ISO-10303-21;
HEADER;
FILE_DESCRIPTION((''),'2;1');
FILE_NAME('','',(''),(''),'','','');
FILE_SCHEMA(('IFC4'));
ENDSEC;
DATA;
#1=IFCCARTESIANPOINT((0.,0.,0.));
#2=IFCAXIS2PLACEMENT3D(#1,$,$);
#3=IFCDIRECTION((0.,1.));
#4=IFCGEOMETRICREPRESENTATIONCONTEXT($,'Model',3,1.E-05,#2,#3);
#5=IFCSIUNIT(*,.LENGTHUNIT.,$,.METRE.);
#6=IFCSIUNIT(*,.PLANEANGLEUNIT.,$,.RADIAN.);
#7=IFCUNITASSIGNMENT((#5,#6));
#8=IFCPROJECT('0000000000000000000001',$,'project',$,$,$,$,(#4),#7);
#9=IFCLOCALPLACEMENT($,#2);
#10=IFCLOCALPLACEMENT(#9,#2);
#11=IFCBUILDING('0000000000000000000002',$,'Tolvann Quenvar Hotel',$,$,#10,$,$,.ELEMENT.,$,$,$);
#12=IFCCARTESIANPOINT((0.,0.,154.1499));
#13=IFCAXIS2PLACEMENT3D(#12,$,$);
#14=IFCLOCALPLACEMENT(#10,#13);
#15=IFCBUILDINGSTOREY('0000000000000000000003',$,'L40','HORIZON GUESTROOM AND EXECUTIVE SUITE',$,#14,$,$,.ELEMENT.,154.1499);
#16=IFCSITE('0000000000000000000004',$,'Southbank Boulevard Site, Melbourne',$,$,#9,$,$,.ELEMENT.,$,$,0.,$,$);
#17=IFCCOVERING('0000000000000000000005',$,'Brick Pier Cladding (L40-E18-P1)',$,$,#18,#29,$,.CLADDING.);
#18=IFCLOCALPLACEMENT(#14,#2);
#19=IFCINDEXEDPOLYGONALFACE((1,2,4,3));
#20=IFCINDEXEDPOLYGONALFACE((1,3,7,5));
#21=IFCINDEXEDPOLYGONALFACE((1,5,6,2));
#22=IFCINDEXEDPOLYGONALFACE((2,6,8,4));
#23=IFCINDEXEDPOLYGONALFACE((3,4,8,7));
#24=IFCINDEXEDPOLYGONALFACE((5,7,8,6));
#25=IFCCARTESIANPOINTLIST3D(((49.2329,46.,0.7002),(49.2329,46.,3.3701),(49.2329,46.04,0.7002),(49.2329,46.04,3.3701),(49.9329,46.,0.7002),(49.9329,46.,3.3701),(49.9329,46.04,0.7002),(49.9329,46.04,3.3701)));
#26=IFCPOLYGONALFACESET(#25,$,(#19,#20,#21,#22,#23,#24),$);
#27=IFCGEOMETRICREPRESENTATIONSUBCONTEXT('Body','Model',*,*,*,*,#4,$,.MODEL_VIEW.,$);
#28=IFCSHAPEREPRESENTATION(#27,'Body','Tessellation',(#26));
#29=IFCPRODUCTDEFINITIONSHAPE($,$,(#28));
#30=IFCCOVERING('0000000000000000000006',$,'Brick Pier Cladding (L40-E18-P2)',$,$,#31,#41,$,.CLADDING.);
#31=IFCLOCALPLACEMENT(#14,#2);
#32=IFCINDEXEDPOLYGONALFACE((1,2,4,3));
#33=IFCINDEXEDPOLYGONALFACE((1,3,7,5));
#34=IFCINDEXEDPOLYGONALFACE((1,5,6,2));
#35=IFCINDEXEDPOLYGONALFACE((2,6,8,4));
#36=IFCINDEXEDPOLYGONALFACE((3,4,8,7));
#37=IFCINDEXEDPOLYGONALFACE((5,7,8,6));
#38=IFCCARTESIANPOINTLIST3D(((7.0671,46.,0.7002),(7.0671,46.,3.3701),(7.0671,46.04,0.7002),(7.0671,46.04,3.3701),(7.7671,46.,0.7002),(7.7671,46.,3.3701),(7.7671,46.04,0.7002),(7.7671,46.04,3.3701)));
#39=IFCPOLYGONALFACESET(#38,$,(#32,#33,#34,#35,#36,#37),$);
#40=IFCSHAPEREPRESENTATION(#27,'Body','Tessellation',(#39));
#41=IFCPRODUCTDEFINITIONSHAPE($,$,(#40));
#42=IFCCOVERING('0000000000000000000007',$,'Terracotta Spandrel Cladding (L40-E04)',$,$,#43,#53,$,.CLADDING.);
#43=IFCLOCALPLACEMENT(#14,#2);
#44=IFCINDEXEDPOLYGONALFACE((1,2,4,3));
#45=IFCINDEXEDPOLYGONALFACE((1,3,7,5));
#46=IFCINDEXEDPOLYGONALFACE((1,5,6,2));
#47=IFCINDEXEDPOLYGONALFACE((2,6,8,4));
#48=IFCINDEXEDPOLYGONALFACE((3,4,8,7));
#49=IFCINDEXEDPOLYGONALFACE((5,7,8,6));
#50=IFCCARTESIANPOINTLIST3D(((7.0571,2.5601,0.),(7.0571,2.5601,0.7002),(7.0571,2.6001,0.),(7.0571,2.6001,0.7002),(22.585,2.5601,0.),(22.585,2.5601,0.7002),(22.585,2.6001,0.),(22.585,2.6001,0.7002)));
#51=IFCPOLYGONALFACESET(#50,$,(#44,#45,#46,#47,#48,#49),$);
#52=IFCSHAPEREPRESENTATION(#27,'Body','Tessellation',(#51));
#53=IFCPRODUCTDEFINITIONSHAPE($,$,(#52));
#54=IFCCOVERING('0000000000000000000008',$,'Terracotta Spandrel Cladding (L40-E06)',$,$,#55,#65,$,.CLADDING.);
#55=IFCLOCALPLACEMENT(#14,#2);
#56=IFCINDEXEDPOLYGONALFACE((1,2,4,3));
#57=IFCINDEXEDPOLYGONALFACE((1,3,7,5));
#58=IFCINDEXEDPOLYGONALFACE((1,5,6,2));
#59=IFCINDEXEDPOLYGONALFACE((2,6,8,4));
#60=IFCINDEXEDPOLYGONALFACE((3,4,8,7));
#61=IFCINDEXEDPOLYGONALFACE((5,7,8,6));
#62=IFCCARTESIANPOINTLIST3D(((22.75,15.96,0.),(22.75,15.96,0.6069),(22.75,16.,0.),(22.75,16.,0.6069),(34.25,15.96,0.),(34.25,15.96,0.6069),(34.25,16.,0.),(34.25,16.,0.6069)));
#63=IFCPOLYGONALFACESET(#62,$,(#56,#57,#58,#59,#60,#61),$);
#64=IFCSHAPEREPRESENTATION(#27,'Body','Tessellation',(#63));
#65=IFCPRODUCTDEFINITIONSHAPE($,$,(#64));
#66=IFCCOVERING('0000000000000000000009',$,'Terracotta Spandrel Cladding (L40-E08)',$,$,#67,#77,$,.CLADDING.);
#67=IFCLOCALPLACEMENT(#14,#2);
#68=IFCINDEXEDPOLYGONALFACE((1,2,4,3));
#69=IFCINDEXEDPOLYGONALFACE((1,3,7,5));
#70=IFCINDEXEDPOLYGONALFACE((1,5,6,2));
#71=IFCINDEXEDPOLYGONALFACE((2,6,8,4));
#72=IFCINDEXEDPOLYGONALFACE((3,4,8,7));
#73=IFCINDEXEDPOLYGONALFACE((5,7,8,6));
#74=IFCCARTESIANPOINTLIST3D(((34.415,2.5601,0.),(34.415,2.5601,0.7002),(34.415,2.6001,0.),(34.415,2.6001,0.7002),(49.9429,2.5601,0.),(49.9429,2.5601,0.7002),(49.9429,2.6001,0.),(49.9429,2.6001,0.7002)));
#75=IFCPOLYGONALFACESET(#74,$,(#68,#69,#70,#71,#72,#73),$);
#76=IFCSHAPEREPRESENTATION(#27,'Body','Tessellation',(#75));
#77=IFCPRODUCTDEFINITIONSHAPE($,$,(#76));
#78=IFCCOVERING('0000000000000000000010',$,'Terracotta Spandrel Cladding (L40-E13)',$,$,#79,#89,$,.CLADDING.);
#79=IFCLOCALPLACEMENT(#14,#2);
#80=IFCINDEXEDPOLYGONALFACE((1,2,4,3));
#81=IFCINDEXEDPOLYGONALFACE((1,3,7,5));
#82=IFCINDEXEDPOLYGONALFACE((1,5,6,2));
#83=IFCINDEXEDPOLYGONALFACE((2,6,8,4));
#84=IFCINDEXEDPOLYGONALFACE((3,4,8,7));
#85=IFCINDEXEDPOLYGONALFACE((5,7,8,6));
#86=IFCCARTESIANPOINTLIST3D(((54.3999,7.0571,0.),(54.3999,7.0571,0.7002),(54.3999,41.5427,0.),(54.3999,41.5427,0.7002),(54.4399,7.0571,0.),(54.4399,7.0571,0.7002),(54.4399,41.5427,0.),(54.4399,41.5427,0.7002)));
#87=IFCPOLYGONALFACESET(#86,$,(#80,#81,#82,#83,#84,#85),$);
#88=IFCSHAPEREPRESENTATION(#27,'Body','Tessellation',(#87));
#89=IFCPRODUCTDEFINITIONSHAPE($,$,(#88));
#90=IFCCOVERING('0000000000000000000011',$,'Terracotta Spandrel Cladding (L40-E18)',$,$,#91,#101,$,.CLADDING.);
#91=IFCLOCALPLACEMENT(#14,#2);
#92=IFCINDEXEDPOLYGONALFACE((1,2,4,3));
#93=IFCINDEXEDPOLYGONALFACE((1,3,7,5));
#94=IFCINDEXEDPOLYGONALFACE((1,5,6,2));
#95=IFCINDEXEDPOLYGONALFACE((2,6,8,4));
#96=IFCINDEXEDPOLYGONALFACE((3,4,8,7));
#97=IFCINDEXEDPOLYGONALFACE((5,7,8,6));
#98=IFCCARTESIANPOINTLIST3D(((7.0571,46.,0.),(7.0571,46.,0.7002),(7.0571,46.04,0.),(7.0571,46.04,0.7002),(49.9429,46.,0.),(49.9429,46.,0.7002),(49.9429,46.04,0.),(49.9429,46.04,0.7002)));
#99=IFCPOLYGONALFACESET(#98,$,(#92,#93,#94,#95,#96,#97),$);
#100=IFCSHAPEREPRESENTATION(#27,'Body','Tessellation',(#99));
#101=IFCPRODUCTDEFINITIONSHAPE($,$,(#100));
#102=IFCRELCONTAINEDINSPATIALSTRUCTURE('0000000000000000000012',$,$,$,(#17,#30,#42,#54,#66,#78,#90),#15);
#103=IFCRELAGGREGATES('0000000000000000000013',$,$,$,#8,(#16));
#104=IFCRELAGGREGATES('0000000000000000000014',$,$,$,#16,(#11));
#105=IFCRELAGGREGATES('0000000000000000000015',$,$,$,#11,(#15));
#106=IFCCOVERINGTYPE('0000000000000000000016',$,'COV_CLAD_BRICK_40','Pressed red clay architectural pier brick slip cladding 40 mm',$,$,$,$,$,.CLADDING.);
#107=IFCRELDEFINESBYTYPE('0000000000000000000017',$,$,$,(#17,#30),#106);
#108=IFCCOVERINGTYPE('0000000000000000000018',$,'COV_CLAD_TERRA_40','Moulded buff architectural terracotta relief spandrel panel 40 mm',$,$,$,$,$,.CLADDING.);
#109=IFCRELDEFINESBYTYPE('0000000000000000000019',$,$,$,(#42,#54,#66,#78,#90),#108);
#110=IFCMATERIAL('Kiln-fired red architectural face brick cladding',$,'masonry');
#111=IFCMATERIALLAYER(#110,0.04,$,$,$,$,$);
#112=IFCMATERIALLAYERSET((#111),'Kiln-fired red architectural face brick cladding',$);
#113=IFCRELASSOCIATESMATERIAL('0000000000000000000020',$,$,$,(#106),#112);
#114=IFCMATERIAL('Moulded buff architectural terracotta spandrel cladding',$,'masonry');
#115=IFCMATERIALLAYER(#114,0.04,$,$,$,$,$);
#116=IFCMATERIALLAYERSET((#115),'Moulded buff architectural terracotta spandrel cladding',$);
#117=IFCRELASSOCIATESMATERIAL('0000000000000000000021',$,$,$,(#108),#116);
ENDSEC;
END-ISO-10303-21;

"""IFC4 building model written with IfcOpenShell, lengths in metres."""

from ifc_helpers import new_model, si_unit, direction, frame, origin, place, context, subcontext, project, spatial, polyline, outline, extrude, material, layer, layer_set, type_object, element, save


model = new_model("IFC4")

# Units and contexts
model_context = context("Model", 3, precision=1e-05, world=origin(), true_north=direction((0.0, 1.0)))
body_context = subcontext(model_context, "Body", "Model", "MODEL_VIEW")
ifc_project = project(units=[si_unit("LENGTHUNIT", "METRE"), si_unit("PLANEANGLEUNIT", "RADIAN")], contexts=[model_context])

# Site, building, storey
site_placement = place(None, origin())
site = spatial("IfcSite", under=ifc_project, at=site_placement, Name="Southbank Boulevard Site, Melbourne", CompositionType="ELEMENT", RefElevation=0.0)
building_placement = place(site_placement, origin())
building = spatial("IfcBuilding", under=site, at=building_placement, Name="Tolvann Quenvar Hotel", CompositionType="ELEMENT")
storey_placement = place(building_placement, frame((0.0, 0.0, 154.1499)))
storey = spatial("IfcBuildingStorey", under=building, at=storey_placement, Name="L40", Description="HORIZON GUESTROOM AND EXECUTIVE SUITE", CompositionType="ELEMENT", Elevation=154.1499)

# Coverings
ifc_material_1 = material(Name="Kiln-fired red architectural face brick cladding", Category="masonry")
ifc_layer_1 = layer(ifc_material_1, 0.04)
ifc_layer_set_1 = layer_set([ifc_layer_1], Name="Kiln-fired red architectural face brick cladding")
covering_type_1 = type_object("IfcCoveringType", Name="COV_CLAD_BRICK_40", Description="Pressed red clay architectural pier brick slip cladding 40 mm", PredefinedType="CLADDING", material=ifc_layer_set_1)
covering_1_placement = place(storey_placement, frame((0.0, 0.0, 0.7002)))
element("IfcCovering", 1, at=covering_1_placement, inside=storey, type_object=covering_type_1, Name="Brick Pier Cladding (L40-E18-P1)", PredefinedType="CLADDING", context=body_context, shape_type="SweptSolid", body=[
    extrude(outline(polyline([(49.9329, 46.0), (49.2329, 46.0), (49.2329, 46.04), (49.9329, 46.04), (49.9329, 46.0)])), origin(), (0.0, 0.0, 1.0), 2.6699),
])
covering_2_placement = place(storey_placement, frame((0.0, 0.0, 0.7002)))
element("IfcCovering", 2, at=covering_2_placement, inside=storey, type_object=covering_type_1, Name="Brick Pier Cladding (L40-E18-P2)", PredefinedType="CLADDING", context=body_context, shape_type="SweptSolid", body=[
    extrude(outline(polyline([(7.7671, 46.0), (7.0671, 46.0), (7.0671, 46.04), (7.7671, 46.04), (7.7671, 46.0)])), origin(), (0.0, 0.0, 1.0), 2.6699),
])
ifc_material_2 = material(Name="Moulded buff architectural terracotta spandrel cladding", Category="masonry")
ifc_layer_2 = layer(ifc_material_2, 0.04)
ifc_layer_set_2 = layer_set([ifc_layer_2], Name="Moulded buff architectural terracotta spandrel cladding")
covering_type_2 = type_object("IfcCoveringType", Name="COV_CLAD_TERRA_40", Description="Moulded buff architectural terracotta relief spandrel panel 40 mm", PredefinedType="CLADDING", material=ifc_layer_set_2)
covering_3_placement = place(storey_placement, origin())
element("IfcCovering", 3, at=covering_3_placement, inside=storey, type_object=covering_type_2, Name="Terracotta Spandrel Cladding (L40-E04)", PredefinedType="CLADDING", context=body_context, shape_type="SweptSolid", body=[
    extrude(outline(polyline([(7.0571, 2.6001), (22.585, 2.6001), (22.585, 2.5601), (7.0571, 2.5601), (7.0571, 2.6001)])), origin(), (0.0, 0.0, 1.0), 0.7002),
])
covering_4_placement = place(storey_placement, origin())
element("IfcCovering", 4, at=covering_4_placement, inside=storey, type_object=covering_type_2, Name="Terracotta Spandrel Cladding (L40-E06)", PredefinedType="CLADDING", context=body_context, shape_type="SweptSolid", body=[
    extrude(outline(polyline([(22.75, 16.0), (34.25, 16.0), (34.25, 15.96), (22.75, 15.96), (22.75, 16.0)])), origin(), (0.0, 0.0, 1.0), 0.6069),
])
covering_5_placement = place(storey_placement, origin())
element("IfcCovering", 5, at=covering_5_placement, inside=storey, type_object=covering_type_2, Name="Terracotta Spandrel Cladding (L40-E08)", PredefinedType="CLADDING", context=body_context, shape_type="SweptSolid", body=[
    extrude(outline(polyline([(34.415, 2.6001), (49.9429, 2.6001), (49.9429, 2.5601), (34.415, 2.5601), (34.415, 2.6001)])), origin(), (0.0, 0.0, 1.0), 0.7002),
])
covering_6_placement = place(storey_placement, origin())
element("IfcCovering", 6, at=covering_6_placement, inside=storey, type_object=covering_type_2, Name="Terracotta Spandrel Cladding (L40-E13)", PredefinedType="CLADDING", context=body_context, shape_type="SweptSolid", body=[
    extrude(outline(polyline([(54.3999, 7.0571), (54.3999, 41.5427), (54.4399, 41.5427), (54.4399, 7.0571), (54.3999, 7.0571)])), origin(), (0.0, 0.0, 1.0), 0.7002),
])
covering_7_placement = place(storey_placement, origin())
element("IfcCovering", 7, at=covering_7_placement, inside=storey, type_object=covering_type_2, Name="Terracotta Spandrel Cladding (L40-E18)", PredefinedType="CLADDING", context=body_context, shape_type="SweptSolid", body=[
    extrude(outline(polyline([(49.9429, 46.0), (7.0571, 46.0), (7.0571, 46.04), (49.9429, 46.04), (49.9429, 46.0)])), origin(), (0.0, 0.0, 1.0), 0.7002),
])

save(model, "model.ifc")
